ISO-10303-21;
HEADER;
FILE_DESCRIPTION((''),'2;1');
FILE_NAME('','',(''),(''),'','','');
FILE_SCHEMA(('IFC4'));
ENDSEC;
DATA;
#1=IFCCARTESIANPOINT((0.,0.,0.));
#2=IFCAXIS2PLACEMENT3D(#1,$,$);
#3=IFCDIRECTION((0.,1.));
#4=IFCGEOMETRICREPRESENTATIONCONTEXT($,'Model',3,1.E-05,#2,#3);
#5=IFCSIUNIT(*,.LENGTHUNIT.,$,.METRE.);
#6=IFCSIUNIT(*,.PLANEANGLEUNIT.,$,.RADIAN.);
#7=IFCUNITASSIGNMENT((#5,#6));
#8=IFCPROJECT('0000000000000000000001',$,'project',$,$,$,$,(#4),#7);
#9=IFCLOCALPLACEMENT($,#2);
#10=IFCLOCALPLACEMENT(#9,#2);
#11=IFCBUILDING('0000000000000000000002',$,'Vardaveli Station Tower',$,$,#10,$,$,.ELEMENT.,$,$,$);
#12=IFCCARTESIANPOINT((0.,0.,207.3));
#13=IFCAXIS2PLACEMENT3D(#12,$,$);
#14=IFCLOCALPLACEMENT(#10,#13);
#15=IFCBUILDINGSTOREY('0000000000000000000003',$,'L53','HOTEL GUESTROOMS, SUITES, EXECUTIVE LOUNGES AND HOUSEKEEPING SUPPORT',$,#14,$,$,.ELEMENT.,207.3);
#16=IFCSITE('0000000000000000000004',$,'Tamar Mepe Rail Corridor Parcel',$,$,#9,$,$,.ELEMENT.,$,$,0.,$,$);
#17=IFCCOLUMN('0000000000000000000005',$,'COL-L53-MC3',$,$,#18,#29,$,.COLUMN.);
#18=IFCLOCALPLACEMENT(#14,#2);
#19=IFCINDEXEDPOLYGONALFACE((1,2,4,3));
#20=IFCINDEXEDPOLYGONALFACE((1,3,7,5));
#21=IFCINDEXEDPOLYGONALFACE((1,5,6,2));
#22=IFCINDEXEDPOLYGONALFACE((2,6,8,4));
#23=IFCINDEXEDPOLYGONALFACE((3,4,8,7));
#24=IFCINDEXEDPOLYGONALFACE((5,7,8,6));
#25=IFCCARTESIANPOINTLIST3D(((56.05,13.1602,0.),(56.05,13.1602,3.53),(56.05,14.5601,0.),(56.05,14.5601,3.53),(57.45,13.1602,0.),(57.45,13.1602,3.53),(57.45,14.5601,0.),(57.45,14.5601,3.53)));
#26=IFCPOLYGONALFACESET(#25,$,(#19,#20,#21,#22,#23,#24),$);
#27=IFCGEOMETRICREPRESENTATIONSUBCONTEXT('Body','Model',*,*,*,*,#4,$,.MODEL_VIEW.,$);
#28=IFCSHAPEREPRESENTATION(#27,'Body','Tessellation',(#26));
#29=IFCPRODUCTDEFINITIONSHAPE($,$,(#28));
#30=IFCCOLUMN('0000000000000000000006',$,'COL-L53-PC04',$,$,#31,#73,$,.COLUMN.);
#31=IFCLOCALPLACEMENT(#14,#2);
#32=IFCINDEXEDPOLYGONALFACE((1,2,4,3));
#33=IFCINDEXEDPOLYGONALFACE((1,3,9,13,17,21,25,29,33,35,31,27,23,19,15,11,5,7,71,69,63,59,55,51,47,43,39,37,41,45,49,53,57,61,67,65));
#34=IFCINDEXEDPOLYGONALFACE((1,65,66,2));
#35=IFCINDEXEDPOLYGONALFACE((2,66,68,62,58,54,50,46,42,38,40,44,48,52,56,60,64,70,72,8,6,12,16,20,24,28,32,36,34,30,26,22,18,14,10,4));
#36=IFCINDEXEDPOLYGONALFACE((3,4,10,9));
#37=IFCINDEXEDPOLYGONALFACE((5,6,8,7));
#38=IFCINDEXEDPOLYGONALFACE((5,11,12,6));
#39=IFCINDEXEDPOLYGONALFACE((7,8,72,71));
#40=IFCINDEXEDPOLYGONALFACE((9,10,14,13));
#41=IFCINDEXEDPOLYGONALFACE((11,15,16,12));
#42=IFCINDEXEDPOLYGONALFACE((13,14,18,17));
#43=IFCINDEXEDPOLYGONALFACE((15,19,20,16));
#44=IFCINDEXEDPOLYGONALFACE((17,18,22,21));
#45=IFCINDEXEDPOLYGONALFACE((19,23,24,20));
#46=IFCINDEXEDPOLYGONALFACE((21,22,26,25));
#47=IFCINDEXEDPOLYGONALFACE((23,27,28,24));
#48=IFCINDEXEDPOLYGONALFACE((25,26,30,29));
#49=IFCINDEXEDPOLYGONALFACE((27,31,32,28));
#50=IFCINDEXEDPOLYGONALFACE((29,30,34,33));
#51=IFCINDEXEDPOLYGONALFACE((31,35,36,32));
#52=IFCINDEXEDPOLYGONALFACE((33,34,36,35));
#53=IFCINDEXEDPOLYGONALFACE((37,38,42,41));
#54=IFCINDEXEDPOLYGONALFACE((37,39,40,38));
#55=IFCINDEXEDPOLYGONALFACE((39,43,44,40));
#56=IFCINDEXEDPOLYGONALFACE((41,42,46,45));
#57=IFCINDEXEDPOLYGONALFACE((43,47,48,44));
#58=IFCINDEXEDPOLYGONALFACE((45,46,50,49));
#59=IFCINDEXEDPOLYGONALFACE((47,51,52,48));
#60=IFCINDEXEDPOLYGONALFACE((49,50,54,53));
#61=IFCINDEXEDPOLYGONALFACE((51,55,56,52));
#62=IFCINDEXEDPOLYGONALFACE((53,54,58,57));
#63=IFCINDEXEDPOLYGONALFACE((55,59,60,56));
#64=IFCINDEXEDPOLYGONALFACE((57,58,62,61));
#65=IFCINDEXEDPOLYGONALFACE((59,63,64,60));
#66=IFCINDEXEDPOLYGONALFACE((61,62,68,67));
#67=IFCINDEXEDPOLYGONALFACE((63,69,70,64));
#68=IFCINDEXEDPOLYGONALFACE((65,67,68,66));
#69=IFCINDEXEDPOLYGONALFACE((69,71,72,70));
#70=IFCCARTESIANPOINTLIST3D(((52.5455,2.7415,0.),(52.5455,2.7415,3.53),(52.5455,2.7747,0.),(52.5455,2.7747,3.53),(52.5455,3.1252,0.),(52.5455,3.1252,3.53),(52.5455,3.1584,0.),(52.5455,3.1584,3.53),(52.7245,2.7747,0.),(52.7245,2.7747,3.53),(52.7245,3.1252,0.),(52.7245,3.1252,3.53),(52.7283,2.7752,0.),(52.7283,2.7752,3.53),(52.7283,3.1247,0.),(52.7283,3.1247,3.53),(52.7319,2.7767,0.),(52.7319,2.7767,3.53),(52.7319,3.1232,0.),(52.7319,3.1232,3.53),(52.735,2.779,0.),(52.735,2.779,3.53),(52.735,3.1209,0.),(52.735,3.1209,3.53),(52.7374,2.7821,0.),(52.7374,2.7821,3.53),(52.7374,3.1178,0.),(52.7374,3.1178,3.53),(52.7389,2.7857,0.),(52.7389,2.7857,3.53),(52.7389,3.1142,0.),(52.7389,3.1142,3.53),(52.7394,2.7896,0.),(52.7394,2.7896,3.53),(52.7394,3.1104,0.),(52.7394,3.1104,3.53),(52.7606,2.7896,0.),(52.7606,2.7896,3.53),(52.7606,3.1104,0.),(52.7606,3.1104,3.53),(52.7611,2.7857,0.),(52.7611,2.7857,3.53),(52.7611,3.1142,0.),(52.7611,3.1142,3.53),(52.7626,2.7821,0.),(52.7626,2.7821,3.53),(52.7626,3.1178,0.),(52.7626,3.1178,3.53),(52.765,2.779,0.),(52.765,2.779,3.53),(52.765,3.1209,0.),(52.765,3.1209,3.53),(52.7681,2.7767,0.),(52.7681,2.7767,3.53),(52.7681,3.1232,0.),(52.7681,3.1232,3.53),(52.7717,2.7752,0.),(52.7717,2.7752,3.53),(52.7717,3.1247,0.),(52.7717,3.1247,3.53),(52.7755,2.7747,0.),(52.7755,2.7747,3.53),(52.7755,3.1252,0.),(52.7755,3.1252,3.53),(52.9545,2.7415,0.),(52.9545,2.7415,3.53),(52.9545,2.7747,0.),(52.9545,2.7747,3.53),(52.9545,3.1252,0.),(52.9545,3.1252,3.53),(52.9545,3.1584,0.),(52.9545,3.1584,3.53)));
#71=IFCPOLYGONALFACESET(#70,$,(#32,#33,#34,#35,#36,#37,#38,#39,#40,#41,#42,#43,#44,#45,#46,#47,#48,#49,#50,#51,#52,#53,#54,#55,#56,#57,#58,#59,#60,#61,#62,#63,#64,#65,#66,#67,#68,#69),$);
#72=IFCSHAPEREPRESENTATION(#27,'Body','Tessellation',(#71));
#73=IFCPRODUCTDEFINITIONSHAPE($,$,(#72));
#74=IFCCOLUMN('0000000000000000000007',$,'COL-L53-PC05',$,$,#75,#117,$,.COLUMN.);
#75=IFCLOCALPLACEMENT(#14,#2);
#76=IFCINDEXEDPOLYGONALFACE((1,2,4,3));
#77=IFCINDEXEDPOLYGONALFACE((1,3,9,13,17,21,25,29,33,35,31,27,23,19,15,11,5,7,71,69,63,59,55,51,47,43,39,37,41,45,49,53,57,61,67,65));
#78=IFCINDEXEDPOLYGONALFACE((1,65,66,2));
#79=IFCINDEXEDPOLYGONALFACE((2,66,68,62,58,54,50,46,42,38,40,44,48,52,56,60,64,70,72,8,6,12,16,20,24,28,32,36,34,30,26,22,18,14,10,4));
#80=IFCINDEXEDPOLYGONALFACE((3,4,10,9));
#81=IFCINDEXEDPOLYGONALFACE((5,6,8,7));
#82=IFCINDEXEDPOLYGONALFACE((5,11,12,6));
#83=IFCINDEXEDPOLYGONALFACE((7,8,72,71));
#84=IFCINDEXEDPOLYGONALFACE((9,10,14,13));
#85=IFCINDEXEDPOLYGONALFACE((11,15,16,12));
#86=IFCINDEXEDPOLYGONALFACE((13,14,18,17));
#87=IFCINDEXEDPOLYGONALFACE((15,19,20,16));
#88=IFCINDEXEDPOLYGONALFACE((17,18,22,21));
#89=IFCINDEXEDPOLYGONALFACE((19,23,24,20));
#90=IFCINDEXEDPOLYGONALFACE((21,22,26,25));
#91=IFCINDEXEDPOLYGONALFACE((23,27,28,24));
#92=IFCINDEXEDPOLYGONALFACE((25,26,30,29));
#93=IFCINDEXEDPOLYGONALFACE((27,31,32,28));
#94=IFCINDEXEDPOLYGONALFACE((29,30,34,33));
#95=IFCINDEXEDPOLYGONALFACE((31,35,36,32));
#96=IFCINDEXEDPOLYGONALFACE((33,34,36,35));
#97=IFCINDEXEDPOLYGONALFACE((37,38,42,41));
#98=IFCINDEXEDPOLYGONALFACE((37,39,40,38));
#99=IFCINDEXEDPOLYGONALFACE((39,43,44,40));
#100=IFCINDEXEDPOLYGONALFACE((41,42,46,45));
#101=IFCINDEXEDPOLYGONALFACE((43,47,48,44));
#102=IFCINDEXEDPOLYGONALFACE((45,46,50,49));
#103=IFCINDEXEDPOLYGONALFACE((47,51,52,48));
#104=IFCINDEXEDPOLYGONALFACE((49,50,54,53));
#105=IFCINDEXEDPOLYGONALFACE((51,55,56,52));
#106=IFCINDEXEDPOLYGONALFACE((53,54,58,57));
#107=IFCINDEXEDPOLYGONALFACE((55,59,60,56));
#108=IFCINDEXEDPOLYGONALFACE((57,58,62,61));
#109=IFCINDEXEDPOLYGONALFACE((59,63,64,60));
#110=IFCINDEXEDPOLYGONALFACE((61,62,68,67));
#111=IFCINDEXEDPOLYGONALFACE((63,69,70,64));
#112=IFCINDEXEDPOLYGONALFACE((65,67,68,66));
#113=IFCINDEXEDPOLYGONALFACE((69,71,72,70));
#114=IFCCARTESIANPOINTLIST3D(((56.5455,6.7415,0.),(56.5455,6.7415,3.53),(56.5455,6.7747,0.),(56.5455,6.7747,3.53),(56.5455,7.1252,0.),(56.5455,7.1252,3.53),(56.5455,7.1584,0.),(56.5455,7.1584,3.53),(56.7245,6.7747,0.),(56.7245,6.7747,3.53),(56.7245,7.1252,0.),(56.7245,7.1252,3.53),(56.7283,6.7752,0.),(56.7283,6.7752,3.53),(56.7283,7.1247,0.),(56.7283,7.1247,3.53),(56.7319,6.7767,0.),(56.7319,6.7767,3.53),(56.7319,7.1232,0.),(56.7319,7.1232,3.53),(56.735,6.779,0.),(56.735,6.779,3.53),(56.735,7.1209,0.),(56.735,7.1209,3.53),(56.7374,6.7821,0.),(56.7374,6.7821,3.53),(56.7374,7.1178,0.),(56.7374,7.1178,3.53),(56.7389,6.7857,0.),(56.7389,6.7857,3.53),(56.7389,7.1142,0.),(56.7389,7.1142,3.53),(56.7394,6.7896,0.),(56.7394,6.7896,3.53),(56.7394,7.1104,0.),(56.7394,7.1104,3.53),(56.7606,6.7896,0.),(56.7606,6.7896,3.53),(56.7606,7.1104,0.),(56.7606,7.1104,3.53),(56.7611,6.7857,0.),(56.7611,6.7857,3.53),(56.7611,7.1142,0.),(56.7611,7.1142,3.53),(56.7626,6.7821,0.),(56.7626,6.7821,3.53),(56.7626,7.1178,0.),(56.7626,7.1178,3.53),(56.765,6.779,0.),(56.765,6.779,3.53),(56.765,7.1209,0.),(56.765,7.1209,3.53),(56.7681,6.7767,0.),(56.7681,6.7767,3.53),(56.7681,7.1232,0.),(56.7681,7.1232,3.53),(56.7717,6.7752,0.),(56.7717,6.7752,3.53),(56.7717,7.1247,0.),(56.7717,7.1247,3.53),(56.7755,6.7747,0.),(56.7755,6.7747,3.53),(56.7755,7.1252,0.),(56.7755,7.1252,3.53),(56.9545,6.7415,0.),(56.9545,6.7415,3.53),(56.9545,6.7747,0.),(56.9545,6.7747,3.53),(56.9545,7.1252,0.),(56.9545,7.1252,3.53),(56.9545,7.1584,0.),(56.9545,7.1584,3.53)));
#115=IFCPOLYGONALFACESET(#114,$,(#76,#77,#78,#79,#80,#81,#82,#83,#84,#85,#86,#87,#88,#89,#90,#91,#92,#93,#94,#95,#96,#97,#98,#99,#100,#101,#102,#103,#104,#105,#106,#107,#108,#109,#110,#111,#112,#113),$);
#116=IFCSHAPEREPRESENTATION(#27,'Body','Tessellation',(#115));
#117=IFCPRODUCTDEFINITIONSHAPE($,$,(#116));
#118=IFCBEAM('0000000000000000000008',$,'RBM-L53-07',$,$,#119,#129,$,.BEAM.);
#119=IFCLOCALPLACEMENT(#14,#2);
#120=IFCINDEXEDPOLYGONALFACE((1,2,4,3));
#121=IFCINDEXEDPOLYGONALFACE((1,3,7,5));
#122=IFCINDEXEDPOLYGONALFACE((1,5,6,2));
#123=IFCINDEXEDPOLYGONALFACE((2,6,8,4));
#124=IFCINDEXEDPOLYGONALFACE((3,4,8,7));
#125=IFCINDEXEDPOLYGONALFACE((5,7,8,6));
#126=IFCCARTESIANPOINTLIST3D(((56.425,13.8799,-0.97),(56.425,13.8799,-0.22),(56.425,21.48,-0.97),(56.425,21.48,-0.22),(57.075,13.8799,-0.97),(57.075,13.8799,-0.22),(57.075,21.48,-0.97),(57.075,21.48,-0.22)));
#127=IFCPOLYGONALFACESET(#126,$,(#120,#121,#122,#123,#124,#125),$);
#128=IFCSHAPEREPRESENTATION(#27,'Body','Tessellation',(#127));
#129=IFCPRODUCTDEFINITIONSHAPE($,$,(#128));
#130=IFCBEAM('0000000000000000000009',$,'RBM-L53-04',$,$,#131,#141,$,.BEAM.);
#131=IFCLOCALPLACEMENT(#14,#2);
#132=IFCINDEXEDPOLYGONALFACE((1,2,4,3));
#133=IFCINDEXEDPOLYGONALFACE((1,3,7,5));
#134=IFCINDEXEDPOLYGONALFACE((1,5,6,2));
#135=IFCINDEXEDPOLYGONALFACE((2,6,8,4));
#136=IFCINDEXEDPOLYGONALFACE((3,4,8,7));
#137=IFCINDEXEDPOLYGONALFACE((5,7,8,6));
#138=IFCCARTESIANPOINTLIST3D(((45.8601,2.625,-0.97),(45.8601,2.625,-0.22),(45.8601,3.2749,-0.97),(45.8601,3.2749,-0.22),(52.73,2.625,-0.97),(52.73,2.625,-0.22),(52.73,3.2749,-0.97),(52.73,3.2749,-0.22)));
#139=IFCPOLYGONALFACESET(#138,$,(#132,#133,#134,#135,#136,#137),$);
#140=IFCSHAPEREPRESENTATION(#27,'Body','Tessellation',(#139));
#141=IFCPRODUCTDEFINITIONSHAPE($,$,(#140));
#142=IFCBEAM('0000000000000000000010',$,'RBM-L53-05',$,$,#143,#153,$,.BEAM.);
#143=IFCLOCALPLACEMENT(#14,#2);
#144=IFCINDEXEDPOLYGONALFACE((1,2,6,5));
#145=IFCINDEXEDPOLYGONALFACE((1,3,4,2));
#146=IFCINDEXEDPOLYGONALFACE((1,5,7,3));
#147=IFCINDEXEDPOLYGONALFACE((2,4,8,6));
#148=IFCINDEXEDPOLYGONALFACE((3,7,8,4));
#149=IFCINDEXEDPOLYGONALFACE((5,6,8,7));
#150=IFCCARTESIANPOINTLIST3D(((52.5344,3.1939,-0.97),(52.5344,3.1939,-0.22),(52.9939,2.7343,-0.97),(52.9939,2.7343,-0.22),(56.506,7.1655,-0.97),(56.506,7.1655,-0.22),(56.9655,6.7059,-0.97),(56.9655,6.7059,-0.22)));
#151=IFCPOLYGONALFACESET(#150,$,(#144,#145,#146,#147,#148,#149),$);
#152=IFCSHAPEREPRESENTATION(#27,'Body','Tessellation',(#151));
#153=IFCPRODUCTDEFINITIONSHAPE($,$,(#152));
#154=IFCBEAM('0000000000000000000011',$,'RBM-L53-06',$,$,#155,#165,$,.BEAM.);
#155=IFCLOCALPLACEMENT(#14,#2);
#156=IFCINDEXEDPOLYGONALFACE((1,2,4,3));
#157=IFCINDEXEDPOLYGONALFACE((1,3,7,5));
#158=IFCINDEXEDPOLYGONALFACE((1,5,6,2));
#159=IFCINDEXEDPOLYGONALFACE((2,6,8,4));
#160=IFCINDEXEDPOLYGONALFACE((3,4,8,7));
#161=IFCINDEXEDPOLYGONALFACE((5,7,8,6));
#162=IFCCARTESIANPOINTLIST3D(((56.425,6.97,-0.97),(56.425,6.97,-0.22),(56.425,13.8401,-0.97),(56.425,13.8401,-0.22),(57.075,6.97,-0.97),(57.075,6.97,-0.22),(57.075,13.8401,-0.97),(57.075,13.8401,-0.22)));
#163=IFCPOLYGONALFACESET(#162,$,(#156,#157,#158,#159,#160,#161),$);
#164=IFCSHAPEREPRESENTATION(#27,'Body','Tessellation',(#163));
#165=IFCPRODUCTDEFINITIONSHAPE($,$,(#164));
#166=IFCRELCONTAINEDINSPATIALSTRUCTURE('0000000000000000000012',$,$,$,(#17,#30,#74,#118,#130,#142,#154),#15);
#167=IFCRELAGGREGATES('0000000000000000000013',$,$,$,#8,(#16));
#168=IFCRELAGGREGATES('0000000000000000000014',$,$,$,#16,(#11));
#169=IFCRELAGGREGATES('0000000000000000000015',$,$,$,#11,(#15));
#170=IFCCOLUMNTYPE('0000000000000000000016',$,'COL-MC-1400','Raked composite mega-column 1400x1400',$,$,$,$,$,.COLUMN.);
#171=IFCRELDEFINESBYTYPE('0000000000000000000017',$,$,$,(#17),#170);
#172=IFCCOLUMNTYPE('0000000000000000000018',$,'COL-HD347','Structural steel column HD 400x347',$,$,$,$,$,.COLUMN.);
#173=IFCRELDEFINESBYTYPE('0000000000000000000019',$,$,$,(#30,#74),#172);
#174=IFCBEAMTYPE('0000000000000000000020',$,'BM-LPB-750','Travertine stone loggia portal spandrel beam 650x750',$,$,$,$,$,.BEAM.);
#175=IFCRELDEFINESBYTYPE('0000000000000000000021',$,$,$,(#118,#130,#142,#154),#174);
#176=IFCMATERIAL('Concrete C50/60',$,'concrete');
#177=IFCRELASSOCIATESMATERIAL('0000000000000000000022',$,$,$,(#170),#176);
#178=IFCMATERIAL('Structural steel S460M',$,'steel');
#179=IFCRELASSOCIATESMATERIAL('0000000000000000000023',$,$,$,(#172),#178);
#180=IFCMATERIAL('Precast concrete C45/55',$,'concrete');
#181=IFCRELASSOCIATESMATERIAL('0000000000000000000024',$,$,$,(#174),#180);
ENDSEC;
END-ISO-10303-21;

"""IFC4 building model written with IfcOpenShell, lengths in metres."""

from ifc_helpers import new_model, si_unit, direction, frame, origin, origin_2d, place, context, subcontext, project, spatial, rectangle, i_section, extrude, source, transform, mapped, material, material_profile, profile_set, type_object, element, save


model = new_model("IFC4")

# Units and contexts
model_context = context("Model", 3, precision=1e-05, world=origin(), true_north=direction((0.0, 1.0)))
body_context = subcontext(model_context, "Body", "Model", "MODEL_VIEW")
ifc_project = project(units=[si_unit("LENGTHUNIT", "METRE"), si_unit("PLANEANGLEUNIT", "RADIAN")], contexts=[model_context])

# Site, building, storey
site_placement = place(None, origin())
site = spatial("IfcSite", under=ifc_project, at=site_placement, Name="Tamar Mepe Rail Corridor Parcel", CompositionType="ELEMENT", RefElevation=0.0)
building_placement = place(site_placement, origin())
building = spatial("IfcBuilding", under=site, at=building_placement, Name="Vardaveli Station Tower", CompositionType="ELEMENT")
storey_placement = place(building_placement, frame((0.0, 0.0, 207.3)))
storey = spatial("IfcBuildingStorey", under=building, at=storey_placement, Name="L53", Description="HOTEL GUESTROOMS, SUITES, EXECUTIVE LOUNGES AND HOUSEKEEPING SUPPORT", CompositionType="ELEMENT", Elevation=207.3)

# Columns
ifc_material_1 = material(Name="Concrete C50/60", Category="concrete")
ifc_material_profile_1 = material_profile(ifc_material_1, rectangle(XDim=1.3999, YDim=1.3999, at=origin_2d()), Name="MC 1400x1400")
ifc_profile_set_1 = profile_set([ifc_material_profile_1], Name="Concrete C50/60")
column_type_1 = type_object("IfcColumnType", Name="COL-MC-1400", Description="Raked composite mega-column 1400x1400", PredefinedType="COLUMN", material=ifc_profile_set_1)
shared_shape_1 = source(origin(), body_context, "Body", "SweptSolid", [
    extrude(rectangle(XDim=1.3999, YDim=1.3999, at=origin_2d()), origin(), (0.0, 0.0, 1.0), 3.53),
])
column_placement = place(storey_placement, frame((56.75, 13.8601, 0.0), z_axis=(0.0, 0.0, 1.0), x_axis=(1.0, 0.0, 0.0)))
element("IfcColumn", 1, at=column_placement, inside=storey, type_object=column_type_1, Name="COL-L53-MC3", PredefinedType="COLUMN", context=body_context, shape_type="MappedRepresentation", body=[
    mapped(shared_shape_1, transform((0.0, 0.0, 0.0), scale=1.0)),
])
ifc_material_2 = material(Name="Structural steel S460M", Category="steel")
ifc_material_profile_2 = material_profile(ifc_material_2, i_section(OverallWidth=0.4089, OverallDepth=0.417, WebThickness=0.0212, FlangeThickness=0.0332, FilletRadius=0.0149, at=origin_2d()), Name="HD 400x347")
ifc_profile_set_2 = profile_set([ifc_material_profile_2], Name="Structural steel S460M")
column_type_2 = type_object("IfcColumnType", Name="COL-HD347", Description="Structural steel column HD 400x347", PredefinedType="COLUMN", material=ifc_profile_set_2)
shared_shape_2 = source(origin(), body_context, "Body", "SweptSolid", [
    extrude(i_section(OverallWidth=0.4089, OverallDepth=0.417, WebThickness=0.0212, FlangeThickness=0.0332, FilletRadius=0.0149, at=origin_2d()), origin(), (0.0, 0.0, 1.0), 3.53),
])
for number, where, z_axis, x_axis, name in (
    (2, (52.75, 2.95, 0.0), (0.0, 0.0, 1.0), (1.0, 0.0, 0.0), "COL-L53-PC04"),
    (3, (56.75, 6.95, 0.0), (0.0, 0.0, 1.0), (1.0, 0.0, 0.0), "COL-L53-PC05"),
):
    element("IfcColumn", number, at=place(storey_placement, frame(where, z_axis=z_axis, x_axis=x_axis)), inside=storey, type_object=column_type_2, Name=name, PredefinedType="COLUMN", context=body_context, shape_type="MappedRepresentation", body=[
        mapped(shared_shape_2, transform((0.0, 0.0, 0.0), scale=1.0)),
    ])

# Beams
ifc_material_3 = material(Name="Precast concrete C45/55", Category="concrete")
ifc_material_profile_3 = material_profile(ifc_material_3, rectangle(XDim=0.6499, YDim=0.75, at=origin_2d()), Name="LPB 650x750")
ifc_profile_set_3 = profile_set([ifc_material_profile_3], Name="Precast concrete C45/55")
beam_type_1 = type_object("IfcBeamType", Name="BM-LPB-750", Description="Travertine stone loggia portal spandrel beam 650x750", PredefinedType="BEAM", material=ifc_profile_set_3)
shared_shape_3 = source(origin(), body_context, "Body", "SweptSolid", [
    extrude(rectangle(XDim=0.6499, YDim=0.75, at=origin_2d()), origin(), (0.0, 0.0, 1.0), 7.6001),
])
beam_1_placement = place(storey_placement, frame((56.75, 13.8799, -0.595), z_axis=(0.0, 1.0, 0.0), x_axis=(-1.0, 0.0, 0.0)))
element("IfcBeam", 4, at=beam_1_placement, inside=storey, type_object=beam_type_1, Name="RBM-L53-07", PredefinedType="BEAM", context=body_context, shape_type="MappedRepresentation", body=[
    mapped(shared_shape_3, transform((0.0, 0.0, 0.0), scale=1.0)),
])
shared_shape_4 = source(origin(), body_context, "Body", "SweptSolid", [
    extrude(rectangle(XDim=0.6499, YDim=0.75, at=origin_2d()), origin(), (0.0, 0.0, 1.0), 6.8699),
])
beam_2_placement = place(storey_placement, frame((45.8601, 2.95, -0.595), z_axis=(1.0, 0.0, 0.0), x_axis=(0.0, 1.0, 0.0)))
element("IfcBeam", 5, at=beam_2_placement, inside=storey, type_object=beam_type_1, Name="RBM-L53-04", PredefinedType="BEAM", context=body_context, shape_type="MappedRepresentation", body=[
    mapped(shared_shape_4, transform((0.0, 0.0, 0.0), scale=1.0)),
])
shared_shape_5 = source(origin(), body_context, "Body", "SweptSolid", [
    extrude(rectangle(XDim=0.6499, YDim=0.75, at=origin_2d()), origin(), (0.0, 0.0, 1.0), 5.6167),
])
beam_3_placement = place(storey_placement, frame((52.7642, 2.9641, -0.595), z_axis=(0.707107, 0.707107, 0.0), x_axis=(-0.707107, 0.707107, 0.0)))
element("IfcBeam", 6, at=beam_3_placement, inside=storey, type_object=beam_type_1, Name="RBM-L53-05", PredefinedType="BEAM", context=body_context, shape_type="MappedRepresentation", body=[
    mapped(shared_shape_5, transform((0.0, 0.0, 0.0), scale=1.0)),
])
shared_shape_6 = source(origin(), body_context, "Body", "SweptSolid", [
    extrude(rectangle(XDim=0.6499, YDim=0.75, at=origin_2d()), origin(), (0.0, 0.0, 1.0), 6.8701),
])
beam_4_placement = place(storey_placement, frame((56.75, 6.97, -0.595), z_axis=(0.0, 1.0, 0.0), x_axis=(-1.0, 0.0, 0.0)))
element("IfcBeam", 7, at=beam_4_placement, inside=storey, type_object=beam_type_1, Name="RBM-L53-06", PredefinedType="BEAM", context=body_context, shape_type="MappedRepresentation", body=[
    mapped(shared_shape_6, transform((0.0, 0.0, 0.0), scale=1.0)),
])

save(model, "model.ifc")
